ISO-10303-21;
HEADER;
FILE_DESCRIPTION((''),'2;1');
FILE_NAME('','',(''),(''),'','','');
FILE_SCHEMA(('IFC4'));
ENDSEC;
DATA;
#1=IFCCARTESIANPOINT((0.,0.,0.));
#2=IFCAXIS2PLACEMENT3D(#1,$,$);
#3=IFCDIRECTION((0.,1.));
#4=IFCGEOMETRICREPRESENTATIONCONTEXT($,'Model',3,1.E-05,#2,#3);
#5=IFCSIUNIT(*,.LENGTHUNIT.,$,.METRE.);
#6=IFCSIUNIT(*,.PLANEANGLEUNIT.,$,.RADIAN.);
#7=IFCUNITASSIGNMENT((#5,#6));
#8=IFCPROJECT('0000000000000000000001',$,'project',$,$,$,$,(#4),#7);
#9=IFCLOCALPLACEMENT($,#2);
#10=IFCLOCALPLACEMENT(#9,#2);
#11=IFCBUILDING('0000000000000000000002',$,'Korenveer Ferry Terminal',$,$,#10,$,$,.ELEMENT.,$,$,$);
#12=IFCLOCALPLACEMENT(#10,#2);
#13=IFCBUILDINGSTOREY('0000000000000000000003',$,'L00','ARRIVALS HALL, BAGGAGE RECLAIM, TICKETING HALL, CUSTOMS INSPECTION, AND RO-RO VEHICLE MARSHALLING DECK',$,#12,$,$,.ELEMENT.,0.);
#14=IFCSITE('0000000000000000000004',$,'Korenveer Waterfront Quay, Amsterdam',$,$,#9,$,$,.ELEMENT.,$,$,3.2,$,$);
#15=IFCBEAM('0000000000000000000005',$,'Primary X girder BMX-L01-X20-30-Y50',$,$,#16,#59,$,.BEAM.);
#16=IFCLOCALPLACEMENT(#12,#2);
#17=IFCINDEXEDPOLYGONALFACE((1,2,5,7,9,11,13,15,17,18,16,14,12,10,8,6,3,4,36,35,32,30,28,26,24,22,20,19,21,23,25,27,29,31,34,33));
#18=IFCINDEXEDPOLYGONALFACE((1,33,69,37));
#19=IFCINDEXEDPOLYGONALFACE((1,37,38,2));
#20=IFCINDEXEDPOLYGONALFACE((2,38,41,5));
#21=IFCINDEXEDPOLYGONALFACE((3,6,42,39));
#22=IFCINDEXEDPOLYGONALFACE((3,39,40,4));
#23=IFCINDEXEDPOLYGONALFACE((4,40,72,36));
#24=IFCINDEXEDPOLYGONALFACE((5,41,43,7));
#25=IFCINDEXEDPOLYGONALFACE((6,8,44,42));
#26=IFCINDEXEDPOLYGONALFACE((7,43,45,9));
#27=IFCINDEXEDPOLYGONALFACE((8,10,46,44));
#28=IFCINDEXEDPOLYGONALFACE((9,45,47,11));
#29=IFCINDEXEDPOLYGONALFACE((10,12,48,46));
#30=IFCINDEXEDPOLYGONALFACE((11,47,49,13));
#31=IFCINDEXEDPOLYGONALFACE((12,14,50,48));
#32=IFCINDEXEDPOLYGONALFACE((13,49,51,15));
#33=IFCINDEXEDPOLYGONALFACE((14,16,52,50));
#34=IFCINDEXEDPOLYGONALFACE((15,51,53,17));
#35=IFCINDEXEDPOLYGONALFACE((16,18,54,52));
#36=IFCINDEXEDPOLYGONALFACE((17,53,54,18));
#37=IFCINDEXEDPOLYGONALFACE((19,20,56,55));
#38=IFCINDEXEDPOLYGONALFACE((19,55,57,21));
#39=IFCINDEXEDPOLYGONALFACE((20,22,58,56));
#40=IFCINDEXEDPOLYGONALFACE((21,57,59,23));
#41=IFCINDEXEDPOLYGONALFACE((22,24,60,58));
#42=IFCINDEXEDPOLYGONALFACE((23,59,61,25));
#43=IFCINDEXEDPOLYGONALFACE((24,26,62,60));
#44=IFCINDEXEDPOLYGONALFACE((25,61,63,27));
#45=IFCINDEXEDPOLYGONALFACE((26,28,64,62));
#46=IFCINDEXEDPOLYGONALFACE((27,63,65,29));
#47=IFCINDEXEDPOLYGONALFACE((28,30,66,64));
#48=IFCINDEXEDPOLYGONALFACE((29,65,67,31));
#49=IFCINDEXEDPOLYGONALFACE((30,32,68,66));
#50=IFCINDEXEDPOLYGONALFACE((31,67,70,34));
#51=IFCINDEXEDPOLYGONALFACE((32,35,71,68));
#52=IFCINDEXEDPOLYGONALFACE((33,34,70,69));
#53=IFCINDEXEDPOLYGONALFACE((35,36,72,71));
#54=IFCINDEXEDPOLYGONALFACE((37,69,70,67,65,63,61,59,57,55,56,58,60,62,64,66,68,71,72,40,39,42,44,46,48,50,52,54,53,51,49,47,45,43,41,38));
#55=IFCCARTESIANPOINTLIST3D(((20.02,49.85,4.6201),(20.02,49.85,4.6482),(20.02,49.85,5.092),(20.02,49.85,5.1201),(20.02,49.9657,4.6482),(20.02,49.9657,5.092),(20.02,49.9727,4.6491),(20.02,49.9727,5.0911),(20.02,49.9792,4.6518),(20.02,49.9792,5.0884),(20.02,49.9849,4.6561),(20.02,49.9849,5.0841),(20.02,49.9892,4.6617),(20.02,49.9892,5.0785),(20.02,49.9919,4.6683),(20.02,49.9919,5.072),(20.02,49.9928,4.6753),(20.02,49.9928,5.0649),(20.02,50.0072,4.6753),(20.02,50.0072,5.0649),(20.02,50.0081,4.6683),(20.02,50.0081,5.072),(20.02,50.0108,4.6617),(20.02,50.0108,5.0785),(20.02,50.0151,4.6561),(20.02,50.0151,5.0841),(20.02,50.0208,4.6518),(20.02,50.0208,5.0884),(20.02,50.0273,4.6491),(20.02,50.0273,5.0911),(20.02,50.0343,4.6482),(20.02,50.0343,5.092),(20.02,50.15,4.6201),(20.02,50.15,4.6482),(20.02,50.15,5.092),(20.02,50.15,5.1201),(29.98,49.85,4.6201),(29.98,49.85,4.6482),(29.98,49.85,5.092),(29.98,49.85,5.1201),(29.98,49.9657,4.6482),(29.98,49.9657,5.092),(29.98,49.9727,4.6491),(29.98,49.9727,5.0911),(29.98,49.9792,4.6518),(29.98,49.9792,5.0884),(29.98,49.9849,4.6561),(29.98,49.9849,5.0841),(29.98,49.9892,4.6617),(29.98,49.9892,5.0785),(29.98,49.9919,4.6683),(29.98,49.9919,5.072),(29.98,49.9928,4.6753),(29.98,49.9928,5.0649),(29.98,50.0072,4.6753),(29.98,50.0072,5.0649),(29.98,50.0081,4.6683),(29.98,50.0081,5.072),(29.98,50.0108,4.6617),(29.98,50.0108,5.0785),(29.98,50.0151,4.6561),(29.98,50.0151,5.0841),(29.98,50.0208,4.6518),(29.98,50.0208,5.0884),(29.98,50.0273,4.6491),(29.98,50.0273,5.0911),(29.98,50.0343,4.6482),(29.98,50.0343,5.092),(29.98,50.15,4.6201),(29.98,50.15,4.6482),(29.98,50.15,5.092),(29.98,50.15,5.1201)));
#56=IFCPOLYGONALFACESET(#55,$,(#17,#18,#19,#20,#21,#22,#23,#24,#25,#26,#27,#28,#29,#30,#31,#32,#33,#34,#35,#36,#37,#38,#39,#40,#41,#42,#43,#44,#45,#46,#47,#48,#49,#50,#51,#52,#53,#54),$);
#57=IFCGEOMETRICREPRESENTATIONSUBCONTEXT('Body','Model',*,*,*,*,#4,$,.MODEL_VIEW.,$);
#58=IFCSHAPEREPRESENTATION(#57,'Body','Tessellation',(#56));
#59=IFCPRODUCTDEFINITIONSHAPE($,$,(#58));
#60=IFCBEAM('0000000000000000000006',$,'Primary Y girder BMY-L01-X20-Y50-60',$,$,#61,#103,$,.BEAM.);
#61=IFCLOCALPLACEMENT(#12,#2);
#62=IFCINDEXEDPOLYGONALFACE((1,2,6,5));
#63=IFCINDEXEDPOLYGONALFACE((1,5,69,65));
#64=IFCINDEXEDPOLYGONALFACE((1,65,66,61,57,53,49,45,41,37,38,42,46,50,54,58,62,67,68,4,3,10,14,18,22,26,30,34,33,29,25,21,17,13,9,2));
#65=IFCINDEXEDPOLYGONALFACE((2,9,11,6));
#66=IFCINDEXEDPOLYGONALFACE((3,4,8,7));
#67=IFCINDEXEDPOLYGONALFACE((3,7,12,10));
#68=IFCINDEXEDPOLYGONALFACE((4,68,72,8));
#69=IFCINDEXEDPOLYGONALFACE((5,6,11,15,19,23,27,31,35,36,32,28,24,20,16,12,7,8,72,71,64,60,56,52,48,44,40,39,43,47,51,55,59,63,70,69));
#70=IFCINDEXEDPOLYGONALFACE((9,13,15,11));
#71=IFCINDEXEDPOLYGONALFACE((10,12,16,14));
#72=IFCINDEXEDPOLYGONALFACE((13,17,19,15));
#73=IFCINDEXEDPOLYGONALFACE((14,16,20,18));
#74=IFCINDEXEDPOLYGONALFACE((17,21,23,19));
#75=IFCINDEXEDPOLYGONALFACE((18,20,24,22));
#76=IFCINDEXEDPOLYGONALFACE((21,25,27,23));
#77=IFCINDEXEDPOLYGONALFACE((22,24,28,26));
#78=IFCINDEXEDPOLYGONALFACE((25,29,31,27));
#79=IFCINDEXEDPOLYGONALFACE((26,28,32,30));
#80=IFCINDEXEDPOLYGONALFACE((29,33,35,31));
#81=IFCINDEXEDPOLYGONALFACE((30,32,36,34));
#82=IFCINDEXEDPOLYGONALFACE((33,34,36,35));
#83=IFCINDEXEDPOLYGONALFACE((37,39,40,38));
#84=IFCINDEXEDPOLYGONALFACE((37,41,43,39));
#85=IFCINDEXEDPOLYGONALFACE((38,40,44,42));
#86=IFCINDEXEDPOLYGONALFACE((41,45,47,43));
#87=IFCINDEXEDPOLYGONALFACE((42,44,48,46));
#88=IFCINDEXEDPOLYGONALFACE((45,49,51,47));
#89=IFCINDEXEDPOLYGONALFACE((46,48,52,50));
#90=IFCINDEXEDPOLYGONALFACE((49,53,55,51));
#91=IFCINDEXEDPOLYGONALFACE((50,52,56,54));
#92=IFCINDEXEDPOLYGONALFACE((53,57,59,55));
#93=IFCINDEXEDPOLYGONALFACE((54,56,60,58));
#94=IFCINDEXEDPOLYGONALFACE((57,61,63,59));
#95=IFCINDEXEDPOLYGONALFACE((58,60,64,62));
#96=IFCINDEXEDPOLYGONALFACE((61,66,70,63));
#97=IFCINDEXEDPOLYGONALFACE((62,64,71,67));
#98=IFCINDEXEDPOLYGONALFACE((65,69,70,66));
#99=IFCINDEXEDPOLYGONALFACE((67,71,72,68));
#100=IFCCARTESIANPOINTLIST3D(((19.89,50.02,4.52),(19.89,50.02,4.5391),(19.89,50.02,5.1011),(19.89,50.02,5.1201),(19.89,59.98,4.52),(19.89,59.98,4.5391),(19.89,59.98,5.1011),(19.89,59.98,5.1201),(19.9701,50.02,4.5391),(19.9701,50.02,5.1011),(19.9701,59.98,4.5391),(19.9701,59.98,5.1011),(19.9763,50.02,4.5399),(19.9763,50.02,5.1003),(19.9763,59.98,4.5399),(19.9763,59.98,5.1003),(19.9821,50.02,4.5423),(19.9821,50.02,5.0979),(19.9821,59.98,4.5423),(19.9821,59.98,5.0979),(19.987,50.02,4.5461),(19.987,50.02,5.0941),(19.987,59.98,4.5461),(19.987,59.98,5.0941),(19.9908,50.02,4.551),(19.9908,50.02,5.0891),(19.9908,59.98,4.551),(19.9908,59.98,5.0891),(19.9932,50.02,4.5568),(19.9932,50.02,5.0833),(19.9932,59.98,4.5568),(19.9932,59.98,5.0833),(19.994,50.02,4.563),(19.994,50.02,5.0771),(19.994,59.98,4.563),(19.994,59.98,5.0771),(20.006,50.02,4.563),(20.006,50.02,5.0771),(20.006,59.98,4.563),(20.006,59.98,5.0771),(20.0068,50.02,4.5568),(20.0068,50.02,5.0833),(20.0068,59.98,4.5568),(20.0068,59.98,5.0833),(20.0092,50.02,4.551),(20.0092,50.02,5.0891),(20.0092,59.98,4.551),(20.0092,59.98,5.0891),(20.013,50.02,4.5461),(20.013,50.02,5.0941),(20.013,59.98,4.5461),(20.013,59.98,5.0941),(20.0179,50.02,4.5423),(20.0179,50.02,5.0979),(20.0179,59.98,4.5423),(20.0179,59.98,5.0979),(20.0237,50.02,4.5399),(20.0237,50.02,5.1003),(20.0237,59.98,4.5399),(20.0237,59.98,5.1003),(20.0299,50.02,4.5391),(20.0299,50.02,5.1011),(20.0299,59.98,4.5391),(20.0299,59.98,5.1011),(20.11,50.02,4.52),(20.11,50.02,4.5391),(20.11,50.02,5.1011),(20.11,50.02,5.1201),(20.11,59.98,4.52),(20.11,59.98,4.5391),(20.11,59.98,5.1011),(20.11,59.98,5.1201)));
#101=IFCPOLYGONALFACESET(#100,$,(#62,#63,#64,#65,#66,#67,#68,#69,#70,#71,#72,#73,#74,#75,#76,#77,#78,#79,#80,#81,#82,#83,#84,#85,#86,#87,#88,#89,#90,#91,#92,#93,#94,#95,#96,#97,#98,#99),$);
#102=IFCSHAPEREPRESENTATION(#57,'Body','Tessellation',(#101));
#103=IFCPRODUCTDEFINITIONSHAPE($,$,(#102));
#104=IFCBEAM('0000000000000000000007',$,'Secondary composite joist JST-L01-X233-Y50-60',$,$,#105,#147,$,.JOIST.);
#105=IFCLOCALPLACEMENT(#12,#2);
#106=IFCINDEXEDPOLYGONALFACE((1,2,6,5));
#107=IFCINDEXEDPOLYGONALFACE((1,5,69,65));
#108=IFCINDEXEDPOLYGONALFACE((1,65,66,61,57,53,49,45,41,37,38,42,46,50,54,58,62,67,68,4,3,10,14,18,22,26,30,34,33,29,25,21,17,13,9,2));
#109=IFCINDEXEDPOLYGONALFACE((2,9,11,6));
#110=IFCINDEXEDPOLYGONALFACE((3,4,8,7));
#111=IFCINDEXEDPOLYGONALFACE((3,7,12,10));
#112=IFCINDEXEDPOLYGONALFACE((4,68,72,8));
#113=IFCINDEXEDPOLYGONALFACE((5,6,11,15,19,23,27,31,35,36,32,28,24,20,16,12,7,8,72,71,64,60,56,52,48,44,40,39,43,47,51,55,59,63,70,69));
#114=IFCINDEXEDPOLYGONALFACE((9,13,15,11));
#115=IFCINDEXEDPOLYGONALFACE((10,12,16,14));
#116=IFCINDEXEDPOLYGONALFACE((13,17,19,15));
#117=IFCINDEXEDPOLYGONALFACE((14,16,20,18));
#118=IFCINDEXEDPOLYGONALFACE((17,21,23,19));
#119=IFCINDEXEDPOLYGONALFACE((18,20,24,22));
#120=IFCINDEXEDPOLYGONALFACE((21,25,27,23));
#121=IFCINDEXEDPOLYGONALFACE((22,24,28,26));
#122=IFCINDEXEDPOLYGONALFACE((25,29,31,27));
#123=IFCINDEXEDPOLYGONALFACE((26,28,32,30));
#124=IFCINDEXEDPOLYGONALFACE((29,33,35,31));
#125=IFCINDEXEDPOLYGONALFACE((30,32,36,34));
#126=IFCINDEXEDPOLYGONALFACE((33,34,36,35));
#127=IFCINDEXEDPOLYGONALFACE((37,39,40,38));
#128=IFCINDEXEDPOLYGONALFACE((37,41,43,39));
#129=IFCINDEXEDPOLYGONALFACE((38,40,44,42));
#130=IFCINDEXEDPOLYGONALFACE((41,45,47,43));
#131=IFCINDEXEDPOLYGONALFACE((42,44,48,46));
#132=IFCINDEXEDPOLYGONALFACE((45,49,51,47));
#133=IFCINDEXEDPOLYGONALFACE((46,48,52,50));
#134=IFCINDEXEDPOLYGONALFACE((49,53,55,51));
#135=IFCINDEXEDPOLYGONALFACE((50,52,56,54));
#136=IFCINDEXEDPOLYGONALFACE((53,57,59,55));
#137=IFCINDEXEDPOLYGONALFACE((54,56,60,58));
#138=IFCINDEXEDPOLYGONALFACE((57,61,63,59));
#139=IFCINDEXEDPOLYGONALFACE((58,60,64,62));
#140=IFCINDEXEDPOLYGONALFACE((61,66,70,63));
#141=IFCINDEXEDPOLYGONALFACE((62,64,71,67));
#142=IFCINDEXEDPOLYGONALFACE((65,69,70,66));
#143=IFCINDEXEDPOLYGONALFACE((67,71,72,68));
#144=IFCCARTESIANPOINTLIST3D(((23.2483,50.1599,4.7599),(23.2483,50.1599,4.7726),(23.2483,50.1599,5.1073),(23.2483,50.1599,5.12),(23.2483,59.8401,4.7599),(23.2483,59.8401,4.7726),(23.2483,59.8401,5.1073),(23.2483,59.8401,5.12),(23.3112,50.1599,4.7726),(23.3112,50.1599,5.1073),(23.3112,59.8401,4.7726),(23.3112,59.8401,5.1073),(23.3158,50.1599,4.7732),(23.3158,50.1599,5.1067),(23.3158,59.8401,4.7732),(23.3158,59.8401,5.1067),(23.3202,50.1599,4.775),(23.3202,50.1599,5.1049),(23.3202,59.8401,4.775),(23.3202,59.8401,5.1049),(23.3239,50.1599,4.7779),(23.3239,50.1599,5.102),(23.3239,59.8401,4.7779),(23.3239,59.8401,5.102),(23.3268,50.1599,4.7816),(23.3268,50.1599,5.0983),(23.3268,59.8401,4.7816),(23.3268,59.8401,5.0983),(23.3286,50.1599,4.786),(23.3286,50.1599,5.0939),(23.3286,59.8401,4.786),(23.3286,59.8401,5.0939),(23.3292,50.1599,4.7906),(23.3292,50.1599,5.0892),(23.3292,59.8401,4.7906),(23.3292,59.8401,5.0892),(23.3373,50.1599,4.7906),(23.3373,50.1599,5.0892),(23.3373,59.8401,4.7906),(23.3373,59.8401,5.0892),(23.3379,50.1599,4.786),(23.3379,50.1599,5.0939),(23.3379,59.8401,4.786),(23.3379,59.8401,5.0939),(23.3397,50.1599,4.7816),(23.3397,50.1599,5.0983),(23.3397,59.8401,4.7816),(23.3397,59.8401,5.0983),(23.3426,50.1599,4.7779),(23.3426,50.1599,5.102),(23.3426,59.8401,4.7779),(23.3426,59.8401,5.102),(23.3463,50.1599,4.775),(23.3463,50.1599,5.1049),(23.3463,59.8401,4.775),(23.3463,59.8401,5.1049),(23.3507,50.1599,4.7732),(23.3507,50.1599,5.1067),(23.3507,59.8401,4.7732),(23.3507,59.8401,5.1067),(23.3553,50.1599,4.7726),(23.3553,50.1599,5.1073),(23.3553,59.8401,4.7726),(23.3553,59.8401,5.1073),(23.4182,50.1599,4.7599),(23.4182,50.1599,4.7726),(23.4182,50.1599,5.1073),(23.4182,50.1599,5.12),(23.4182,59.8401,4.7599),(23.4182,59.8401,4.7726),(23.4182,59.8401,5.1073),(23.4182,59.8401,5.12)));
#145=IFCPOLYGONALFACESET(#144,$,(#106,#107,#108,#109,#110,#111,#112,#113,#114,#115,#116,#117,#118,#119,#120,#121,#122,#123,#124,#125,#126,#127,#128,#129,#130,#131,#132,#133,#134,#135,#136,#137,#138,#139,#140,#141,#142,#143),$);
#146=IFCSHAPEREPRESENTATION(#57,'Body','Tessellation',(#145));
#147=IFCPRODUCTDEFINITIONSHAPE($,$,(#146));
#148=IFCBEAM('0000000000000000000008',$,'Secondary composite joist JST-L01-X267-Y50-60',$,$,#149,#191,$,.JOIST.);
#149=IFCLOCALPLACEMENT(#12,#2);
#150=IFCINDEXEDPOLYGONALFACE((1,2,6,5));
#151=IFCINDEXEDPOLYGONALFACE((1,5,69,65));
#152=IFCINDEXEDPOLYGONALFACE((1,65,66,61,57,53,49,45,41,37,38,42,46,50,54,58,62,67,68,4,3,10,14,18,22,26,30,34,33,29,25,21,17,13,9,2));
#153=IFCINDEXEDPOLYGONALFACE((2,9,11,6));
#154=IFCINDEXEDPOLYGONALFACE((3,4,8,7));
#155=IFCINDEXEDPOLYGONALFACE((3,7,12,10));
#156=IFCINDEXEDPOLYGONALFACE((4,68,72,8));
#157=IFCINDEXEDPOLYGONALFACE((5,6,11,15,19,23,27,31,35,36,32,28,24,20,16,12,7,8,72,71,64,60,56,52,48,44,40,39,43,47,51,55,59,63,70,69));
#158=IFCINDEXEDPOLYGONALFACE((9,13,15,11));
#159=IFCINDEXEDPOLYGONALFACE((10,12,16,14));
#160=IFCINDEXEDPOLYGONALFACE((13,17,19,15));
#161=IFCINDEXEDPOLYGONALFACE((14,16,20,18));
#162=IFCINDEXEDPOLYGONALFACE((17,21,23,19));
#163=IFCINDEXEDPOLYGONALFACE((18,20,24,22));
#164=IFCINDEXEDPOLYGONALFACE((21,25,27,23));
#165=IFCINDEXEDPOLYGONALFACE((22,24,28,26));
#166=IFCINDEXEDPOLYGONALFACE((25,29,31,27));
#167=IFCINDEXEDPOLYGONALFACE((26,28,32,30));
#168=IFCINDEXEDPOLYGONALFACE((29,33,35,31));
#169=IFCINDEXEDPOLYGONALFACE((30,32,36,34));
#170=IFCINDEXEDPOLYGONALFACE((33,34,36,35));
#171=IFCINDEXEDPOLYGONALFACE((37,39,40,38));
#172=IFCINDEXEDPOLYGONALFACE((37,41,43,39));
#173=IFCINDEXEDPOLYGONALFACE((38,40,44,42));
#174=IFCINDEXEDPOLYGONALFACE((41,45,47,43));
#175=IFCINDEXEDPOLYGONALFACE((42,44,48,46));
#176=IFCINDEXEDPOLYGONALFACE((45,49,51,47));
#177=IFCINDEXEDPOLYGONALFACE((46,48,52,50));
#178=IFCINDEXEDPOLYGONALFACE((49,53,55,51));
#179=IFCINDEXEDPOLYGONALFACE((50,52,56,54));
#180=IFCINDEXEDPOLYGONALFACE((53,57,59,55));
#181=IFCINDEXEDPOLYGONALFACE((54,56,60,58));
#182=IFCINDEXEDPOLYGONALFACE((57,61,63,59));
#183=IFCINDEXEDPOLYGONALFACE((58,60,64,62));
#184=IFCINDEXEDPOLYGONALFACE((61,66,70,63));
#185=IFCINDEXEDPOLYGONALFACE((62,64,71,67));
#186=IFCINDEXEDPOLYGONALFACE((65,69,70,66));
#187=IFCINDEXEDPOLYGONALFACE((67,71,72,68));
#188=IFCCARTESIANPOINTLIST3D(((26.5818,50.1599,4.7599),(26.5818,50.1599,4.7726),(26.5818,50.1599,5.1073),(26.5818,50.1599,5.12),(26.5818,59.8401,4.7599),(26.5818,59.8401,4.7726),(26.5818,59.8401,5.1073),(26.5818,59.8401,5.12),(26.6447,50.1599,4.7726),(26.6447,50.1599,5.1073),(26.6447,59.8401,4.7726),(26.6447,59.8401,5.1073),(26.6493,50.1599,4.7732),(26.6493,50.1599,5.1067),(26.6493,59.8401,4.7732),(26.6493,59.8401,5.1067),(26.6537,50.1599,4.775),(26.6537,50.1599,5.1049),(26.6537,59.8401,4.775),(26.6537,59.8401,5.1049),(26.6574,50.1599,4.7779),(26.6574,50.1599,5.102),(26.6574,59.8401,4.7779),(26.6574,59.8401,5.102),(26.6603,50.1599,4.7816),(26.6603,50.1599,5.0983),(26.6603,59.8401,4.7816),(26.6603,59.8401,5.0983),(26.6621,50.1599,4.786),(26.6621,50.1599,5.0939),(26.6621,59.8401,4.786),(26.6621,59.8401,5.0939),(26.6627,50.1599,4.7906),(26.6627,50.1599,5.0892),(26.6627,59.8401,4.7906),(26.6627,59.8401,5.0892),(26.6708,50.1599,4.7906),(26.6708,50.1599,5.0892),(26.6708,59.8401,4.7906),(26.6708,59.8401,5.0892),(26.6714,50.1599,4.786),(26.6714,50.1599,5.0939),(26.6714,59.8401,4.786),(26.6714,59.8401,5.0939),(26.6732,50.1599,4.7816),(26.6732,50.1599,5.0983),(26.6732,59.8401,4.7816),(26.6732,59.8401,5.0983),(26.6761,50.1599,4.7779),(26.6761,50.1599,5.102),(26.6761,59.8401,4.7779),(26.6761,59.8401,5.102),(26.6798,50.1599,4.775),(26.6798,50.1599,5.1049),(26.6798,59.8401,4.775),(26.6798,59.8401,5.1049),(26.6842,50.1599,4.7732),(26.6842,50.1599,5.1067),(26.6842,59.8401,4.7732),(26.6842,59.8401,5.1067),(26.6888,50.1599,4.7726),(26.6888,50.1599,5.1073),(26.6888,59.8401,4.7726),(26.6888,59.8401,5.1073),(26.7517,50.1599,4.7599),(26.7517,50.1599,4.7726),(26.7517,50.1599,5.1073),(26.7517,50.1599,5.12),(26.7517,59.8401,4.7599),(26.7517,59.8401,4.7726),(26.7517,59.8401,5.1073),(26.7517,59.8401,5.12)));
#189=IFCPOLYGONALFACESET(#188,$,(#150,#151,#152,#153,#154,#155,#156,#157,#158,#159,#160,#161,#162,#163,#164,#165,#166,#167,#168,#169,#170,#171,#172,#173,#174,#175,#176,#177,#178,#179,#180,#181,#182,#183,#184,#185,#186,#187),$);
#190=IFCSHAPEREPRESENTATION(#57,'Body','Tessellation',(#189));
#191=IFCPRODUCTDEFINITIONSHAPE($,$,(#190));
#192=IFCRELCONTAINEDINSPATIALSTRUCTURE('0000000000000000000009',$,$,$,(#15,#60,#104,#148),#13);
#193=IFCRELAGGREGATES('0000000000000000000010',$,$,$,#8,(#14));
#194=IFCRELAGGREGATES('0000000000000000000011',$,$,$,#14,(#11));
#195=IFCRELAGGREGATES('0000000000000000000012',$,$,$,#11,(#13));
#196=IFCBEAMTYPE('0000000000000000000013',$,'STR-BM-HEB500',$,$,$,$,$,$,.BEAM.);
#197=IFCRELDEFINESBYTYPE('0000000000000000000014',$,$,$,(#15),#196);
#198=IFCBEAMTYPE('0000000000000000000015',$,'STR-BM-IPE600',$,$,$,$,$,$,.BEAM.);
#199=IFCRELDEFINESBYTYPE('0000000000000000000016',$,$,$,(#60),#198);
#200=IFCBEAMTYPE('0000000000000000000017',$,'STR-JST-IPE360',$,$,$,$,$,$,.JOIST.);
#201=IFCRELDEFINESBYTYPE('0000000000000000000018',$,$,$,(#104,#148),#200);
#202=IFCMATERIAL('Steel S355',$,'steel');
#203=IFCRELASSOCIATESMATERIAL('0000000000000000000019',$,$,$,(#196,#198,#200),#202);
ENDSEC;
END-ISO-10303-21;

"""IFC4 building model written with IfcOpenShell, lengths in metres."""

from ifc_helpers import new_model, si_unit, direction, frame, origin, origin_2d, place, context, subcontext, project, spatial, i_section, extrude, material, material_profile, profile_set, type_object, element, save


model = new_model("IFC4")

# Units and contexts
model_context = context("Model", 3, precision=1e-05, world=origin(), true_north=direction((0.0, 1.0)))
body_context = subcontext(model_context, "Body", "Model", "MODEL_VIEW")
ifc_project = project(units=[si_unit("LENGTHUNIT", "METRE"), si_unit("PLANEANGLEUNIT", "RADIAN")], contexts=[model_context])

# Site, building, storey
site_placement = place(None, origin())
site = spatial("IfcSite", under=ifc_project, at=site_placement, Name="Korenveer Waterfront Quay, Amsterdam", CompositionType="ELEMENT", RefElevation=3.2)
building_placement = place(site_placement, origin())
building = spatial("IfcBuilding", under=site, at=building_placement, Name="Korenveer Ferry Terminal", CompositionType="ELEMENT")
storey_placement = place(building_placement, origin())
storey = spatial("IfcBuildingStorey", under=building, at=storey_placement, Name="L00", Description="ARRIVALS HALL, BAGGAGE RECLAIM, TICKETING HALL, CUSTOMS INSPECTION, AND RO-RO VEHICLE MARSHALLING DECK", CompositionType="ELEMENT", Elevation=0.0)

# Beams
ifc_material_1 = material(Name="Steel S355", Category="steel")
ifc_material_profile_1 = material_profile(ifc_material_1, i_section(OverallWidth=0.3, OverallDepth=0.5, WebThickness=0.0144, FlangeThickness=0.0281, FilletRadius=0.0271, at=origin_2d()), Name="HEB 500")
ifc_profile_set_1 = profile_set([ifc_material_profile_1], Name="Steel S355")
beam_type_1 = type_object("IfcBeamType", Name="STR-BM-HEB500", PredefinedType="BEAM", material=ifc_profile_set_1)
beam_1_placement = place(storey_placement, frame((20.02, 50.0, 4.8701), z_axis=(1.0, 0.0, 0.0), x_axis=(0.0, 1.0, 0.0)))
element("IfcBeam", 1, at=beam_1_placement, inside=storey, type_object=beam_type_1, Name="Primary X girder BMX-L01-X20-30-Y50", PredefinedType="BEAM", context=body_context, shape_type="SweptSolid", body=[
    extrude(i_section(OverallWidth=0.3, OverallDepth=0.5, WebThickness=0.0144, FlangeThickness=0.0281, FilletRadius=0.0271, at=origin_2d()), origin(), (0.0, 0.0, 1.0), 9.96),
])
ifc_material_profile_2 = material_profile(ifc_material_1, i_section(OverallWidth=0.22, OverallDepth=0.6001, WebThickness=0.012, FlangeThickness=0.019, FilletRadius=0.0239, at=origin_2d()), Name="IPE 600")
ifc_profile_set_2 = profile_set([ifc_material_profile_2], Name="Steel S355")
beam_type_2 = type_object("IfcBeamType", Name="STR-BM-IPE600", PredefinedType="BEAM", material=ifc_profile_set_2)
beam_2_placement = place(storey_placement, frame((20.0, 50.02, 4.8201), z_axis=(0.0, 1.0, 0.0), x_axis=(-1.0, 0.0, 0.0)))
element("IfcBeam", 2, at=beam_2_placement, inside=storey, type_object=beam_type_2, Name="Primary Y girder BMY-L01-X20-Y50-60", PredefinedType="BEAM", context=body_context, shape_type="SweptSolid", body=[
    extrude(i_section(OverallWidth=0.22, OverallDepth=0.6001, WebThickness=0.012, FlangeThickness=0.019, FilletRadius=0.0239, at=origin_2d()), origin(), (0.0, 0.0, 1.0), 9.96),
])
ifc_material_profile_3 = material_profile(ifc_material_1, i_section(OverallWidth=0.1699, OverallDepth=0.3601, WebThickness=0.0081, FlangeThickness=0.0127, FilletRadius=0.0181, at=origin_2d()), Name="IPE 360")
ifc_profile_set_3 = profile_set([ifc_material_profile_3], Name="Steel S355")
beam_type_3 = type_object("IfcBeamType", Name="STR-JST-IPE360", PredefinedType="JOIST", material=ifc_profile_set_3)
for number, where, z_axis, x_axis, name in (
    (3, (23.3333, 50.1599, 4.9399), (0.0, 1.0, 0.0), (-1.0, 0.0, 0.0), "Secondary composite joist JST-L01-X233-Y50-60"),
    (4, (26.6667, 50.1599, 4.9399), (0.0, 1.0, 0.0), (-1.0, 0.0, 0.0), "Secondary composite joist JST-L01-X267-Y50-60"),
):
    element("IfcBeam", number, at=place(storey_placement, frame(where, z_axis=z_axis, x_axis=x_axis)), inside=storey, type_object=beam_type_3, Name=name, PredefinedType="JOIST", context=body_context, shape_type="SweptSolid", body=[
        extrude(i_section(OverallWidth=0.1699, OverallDepth=0.3601, WebThickness=0.0081, FlangeThickness=0.0127, FilletRadius=0.0181, at=origin_2d()), origin(), (0.0, 0.0, 1.0), 9.6802),
    ])

save(model, "model.ifc")
